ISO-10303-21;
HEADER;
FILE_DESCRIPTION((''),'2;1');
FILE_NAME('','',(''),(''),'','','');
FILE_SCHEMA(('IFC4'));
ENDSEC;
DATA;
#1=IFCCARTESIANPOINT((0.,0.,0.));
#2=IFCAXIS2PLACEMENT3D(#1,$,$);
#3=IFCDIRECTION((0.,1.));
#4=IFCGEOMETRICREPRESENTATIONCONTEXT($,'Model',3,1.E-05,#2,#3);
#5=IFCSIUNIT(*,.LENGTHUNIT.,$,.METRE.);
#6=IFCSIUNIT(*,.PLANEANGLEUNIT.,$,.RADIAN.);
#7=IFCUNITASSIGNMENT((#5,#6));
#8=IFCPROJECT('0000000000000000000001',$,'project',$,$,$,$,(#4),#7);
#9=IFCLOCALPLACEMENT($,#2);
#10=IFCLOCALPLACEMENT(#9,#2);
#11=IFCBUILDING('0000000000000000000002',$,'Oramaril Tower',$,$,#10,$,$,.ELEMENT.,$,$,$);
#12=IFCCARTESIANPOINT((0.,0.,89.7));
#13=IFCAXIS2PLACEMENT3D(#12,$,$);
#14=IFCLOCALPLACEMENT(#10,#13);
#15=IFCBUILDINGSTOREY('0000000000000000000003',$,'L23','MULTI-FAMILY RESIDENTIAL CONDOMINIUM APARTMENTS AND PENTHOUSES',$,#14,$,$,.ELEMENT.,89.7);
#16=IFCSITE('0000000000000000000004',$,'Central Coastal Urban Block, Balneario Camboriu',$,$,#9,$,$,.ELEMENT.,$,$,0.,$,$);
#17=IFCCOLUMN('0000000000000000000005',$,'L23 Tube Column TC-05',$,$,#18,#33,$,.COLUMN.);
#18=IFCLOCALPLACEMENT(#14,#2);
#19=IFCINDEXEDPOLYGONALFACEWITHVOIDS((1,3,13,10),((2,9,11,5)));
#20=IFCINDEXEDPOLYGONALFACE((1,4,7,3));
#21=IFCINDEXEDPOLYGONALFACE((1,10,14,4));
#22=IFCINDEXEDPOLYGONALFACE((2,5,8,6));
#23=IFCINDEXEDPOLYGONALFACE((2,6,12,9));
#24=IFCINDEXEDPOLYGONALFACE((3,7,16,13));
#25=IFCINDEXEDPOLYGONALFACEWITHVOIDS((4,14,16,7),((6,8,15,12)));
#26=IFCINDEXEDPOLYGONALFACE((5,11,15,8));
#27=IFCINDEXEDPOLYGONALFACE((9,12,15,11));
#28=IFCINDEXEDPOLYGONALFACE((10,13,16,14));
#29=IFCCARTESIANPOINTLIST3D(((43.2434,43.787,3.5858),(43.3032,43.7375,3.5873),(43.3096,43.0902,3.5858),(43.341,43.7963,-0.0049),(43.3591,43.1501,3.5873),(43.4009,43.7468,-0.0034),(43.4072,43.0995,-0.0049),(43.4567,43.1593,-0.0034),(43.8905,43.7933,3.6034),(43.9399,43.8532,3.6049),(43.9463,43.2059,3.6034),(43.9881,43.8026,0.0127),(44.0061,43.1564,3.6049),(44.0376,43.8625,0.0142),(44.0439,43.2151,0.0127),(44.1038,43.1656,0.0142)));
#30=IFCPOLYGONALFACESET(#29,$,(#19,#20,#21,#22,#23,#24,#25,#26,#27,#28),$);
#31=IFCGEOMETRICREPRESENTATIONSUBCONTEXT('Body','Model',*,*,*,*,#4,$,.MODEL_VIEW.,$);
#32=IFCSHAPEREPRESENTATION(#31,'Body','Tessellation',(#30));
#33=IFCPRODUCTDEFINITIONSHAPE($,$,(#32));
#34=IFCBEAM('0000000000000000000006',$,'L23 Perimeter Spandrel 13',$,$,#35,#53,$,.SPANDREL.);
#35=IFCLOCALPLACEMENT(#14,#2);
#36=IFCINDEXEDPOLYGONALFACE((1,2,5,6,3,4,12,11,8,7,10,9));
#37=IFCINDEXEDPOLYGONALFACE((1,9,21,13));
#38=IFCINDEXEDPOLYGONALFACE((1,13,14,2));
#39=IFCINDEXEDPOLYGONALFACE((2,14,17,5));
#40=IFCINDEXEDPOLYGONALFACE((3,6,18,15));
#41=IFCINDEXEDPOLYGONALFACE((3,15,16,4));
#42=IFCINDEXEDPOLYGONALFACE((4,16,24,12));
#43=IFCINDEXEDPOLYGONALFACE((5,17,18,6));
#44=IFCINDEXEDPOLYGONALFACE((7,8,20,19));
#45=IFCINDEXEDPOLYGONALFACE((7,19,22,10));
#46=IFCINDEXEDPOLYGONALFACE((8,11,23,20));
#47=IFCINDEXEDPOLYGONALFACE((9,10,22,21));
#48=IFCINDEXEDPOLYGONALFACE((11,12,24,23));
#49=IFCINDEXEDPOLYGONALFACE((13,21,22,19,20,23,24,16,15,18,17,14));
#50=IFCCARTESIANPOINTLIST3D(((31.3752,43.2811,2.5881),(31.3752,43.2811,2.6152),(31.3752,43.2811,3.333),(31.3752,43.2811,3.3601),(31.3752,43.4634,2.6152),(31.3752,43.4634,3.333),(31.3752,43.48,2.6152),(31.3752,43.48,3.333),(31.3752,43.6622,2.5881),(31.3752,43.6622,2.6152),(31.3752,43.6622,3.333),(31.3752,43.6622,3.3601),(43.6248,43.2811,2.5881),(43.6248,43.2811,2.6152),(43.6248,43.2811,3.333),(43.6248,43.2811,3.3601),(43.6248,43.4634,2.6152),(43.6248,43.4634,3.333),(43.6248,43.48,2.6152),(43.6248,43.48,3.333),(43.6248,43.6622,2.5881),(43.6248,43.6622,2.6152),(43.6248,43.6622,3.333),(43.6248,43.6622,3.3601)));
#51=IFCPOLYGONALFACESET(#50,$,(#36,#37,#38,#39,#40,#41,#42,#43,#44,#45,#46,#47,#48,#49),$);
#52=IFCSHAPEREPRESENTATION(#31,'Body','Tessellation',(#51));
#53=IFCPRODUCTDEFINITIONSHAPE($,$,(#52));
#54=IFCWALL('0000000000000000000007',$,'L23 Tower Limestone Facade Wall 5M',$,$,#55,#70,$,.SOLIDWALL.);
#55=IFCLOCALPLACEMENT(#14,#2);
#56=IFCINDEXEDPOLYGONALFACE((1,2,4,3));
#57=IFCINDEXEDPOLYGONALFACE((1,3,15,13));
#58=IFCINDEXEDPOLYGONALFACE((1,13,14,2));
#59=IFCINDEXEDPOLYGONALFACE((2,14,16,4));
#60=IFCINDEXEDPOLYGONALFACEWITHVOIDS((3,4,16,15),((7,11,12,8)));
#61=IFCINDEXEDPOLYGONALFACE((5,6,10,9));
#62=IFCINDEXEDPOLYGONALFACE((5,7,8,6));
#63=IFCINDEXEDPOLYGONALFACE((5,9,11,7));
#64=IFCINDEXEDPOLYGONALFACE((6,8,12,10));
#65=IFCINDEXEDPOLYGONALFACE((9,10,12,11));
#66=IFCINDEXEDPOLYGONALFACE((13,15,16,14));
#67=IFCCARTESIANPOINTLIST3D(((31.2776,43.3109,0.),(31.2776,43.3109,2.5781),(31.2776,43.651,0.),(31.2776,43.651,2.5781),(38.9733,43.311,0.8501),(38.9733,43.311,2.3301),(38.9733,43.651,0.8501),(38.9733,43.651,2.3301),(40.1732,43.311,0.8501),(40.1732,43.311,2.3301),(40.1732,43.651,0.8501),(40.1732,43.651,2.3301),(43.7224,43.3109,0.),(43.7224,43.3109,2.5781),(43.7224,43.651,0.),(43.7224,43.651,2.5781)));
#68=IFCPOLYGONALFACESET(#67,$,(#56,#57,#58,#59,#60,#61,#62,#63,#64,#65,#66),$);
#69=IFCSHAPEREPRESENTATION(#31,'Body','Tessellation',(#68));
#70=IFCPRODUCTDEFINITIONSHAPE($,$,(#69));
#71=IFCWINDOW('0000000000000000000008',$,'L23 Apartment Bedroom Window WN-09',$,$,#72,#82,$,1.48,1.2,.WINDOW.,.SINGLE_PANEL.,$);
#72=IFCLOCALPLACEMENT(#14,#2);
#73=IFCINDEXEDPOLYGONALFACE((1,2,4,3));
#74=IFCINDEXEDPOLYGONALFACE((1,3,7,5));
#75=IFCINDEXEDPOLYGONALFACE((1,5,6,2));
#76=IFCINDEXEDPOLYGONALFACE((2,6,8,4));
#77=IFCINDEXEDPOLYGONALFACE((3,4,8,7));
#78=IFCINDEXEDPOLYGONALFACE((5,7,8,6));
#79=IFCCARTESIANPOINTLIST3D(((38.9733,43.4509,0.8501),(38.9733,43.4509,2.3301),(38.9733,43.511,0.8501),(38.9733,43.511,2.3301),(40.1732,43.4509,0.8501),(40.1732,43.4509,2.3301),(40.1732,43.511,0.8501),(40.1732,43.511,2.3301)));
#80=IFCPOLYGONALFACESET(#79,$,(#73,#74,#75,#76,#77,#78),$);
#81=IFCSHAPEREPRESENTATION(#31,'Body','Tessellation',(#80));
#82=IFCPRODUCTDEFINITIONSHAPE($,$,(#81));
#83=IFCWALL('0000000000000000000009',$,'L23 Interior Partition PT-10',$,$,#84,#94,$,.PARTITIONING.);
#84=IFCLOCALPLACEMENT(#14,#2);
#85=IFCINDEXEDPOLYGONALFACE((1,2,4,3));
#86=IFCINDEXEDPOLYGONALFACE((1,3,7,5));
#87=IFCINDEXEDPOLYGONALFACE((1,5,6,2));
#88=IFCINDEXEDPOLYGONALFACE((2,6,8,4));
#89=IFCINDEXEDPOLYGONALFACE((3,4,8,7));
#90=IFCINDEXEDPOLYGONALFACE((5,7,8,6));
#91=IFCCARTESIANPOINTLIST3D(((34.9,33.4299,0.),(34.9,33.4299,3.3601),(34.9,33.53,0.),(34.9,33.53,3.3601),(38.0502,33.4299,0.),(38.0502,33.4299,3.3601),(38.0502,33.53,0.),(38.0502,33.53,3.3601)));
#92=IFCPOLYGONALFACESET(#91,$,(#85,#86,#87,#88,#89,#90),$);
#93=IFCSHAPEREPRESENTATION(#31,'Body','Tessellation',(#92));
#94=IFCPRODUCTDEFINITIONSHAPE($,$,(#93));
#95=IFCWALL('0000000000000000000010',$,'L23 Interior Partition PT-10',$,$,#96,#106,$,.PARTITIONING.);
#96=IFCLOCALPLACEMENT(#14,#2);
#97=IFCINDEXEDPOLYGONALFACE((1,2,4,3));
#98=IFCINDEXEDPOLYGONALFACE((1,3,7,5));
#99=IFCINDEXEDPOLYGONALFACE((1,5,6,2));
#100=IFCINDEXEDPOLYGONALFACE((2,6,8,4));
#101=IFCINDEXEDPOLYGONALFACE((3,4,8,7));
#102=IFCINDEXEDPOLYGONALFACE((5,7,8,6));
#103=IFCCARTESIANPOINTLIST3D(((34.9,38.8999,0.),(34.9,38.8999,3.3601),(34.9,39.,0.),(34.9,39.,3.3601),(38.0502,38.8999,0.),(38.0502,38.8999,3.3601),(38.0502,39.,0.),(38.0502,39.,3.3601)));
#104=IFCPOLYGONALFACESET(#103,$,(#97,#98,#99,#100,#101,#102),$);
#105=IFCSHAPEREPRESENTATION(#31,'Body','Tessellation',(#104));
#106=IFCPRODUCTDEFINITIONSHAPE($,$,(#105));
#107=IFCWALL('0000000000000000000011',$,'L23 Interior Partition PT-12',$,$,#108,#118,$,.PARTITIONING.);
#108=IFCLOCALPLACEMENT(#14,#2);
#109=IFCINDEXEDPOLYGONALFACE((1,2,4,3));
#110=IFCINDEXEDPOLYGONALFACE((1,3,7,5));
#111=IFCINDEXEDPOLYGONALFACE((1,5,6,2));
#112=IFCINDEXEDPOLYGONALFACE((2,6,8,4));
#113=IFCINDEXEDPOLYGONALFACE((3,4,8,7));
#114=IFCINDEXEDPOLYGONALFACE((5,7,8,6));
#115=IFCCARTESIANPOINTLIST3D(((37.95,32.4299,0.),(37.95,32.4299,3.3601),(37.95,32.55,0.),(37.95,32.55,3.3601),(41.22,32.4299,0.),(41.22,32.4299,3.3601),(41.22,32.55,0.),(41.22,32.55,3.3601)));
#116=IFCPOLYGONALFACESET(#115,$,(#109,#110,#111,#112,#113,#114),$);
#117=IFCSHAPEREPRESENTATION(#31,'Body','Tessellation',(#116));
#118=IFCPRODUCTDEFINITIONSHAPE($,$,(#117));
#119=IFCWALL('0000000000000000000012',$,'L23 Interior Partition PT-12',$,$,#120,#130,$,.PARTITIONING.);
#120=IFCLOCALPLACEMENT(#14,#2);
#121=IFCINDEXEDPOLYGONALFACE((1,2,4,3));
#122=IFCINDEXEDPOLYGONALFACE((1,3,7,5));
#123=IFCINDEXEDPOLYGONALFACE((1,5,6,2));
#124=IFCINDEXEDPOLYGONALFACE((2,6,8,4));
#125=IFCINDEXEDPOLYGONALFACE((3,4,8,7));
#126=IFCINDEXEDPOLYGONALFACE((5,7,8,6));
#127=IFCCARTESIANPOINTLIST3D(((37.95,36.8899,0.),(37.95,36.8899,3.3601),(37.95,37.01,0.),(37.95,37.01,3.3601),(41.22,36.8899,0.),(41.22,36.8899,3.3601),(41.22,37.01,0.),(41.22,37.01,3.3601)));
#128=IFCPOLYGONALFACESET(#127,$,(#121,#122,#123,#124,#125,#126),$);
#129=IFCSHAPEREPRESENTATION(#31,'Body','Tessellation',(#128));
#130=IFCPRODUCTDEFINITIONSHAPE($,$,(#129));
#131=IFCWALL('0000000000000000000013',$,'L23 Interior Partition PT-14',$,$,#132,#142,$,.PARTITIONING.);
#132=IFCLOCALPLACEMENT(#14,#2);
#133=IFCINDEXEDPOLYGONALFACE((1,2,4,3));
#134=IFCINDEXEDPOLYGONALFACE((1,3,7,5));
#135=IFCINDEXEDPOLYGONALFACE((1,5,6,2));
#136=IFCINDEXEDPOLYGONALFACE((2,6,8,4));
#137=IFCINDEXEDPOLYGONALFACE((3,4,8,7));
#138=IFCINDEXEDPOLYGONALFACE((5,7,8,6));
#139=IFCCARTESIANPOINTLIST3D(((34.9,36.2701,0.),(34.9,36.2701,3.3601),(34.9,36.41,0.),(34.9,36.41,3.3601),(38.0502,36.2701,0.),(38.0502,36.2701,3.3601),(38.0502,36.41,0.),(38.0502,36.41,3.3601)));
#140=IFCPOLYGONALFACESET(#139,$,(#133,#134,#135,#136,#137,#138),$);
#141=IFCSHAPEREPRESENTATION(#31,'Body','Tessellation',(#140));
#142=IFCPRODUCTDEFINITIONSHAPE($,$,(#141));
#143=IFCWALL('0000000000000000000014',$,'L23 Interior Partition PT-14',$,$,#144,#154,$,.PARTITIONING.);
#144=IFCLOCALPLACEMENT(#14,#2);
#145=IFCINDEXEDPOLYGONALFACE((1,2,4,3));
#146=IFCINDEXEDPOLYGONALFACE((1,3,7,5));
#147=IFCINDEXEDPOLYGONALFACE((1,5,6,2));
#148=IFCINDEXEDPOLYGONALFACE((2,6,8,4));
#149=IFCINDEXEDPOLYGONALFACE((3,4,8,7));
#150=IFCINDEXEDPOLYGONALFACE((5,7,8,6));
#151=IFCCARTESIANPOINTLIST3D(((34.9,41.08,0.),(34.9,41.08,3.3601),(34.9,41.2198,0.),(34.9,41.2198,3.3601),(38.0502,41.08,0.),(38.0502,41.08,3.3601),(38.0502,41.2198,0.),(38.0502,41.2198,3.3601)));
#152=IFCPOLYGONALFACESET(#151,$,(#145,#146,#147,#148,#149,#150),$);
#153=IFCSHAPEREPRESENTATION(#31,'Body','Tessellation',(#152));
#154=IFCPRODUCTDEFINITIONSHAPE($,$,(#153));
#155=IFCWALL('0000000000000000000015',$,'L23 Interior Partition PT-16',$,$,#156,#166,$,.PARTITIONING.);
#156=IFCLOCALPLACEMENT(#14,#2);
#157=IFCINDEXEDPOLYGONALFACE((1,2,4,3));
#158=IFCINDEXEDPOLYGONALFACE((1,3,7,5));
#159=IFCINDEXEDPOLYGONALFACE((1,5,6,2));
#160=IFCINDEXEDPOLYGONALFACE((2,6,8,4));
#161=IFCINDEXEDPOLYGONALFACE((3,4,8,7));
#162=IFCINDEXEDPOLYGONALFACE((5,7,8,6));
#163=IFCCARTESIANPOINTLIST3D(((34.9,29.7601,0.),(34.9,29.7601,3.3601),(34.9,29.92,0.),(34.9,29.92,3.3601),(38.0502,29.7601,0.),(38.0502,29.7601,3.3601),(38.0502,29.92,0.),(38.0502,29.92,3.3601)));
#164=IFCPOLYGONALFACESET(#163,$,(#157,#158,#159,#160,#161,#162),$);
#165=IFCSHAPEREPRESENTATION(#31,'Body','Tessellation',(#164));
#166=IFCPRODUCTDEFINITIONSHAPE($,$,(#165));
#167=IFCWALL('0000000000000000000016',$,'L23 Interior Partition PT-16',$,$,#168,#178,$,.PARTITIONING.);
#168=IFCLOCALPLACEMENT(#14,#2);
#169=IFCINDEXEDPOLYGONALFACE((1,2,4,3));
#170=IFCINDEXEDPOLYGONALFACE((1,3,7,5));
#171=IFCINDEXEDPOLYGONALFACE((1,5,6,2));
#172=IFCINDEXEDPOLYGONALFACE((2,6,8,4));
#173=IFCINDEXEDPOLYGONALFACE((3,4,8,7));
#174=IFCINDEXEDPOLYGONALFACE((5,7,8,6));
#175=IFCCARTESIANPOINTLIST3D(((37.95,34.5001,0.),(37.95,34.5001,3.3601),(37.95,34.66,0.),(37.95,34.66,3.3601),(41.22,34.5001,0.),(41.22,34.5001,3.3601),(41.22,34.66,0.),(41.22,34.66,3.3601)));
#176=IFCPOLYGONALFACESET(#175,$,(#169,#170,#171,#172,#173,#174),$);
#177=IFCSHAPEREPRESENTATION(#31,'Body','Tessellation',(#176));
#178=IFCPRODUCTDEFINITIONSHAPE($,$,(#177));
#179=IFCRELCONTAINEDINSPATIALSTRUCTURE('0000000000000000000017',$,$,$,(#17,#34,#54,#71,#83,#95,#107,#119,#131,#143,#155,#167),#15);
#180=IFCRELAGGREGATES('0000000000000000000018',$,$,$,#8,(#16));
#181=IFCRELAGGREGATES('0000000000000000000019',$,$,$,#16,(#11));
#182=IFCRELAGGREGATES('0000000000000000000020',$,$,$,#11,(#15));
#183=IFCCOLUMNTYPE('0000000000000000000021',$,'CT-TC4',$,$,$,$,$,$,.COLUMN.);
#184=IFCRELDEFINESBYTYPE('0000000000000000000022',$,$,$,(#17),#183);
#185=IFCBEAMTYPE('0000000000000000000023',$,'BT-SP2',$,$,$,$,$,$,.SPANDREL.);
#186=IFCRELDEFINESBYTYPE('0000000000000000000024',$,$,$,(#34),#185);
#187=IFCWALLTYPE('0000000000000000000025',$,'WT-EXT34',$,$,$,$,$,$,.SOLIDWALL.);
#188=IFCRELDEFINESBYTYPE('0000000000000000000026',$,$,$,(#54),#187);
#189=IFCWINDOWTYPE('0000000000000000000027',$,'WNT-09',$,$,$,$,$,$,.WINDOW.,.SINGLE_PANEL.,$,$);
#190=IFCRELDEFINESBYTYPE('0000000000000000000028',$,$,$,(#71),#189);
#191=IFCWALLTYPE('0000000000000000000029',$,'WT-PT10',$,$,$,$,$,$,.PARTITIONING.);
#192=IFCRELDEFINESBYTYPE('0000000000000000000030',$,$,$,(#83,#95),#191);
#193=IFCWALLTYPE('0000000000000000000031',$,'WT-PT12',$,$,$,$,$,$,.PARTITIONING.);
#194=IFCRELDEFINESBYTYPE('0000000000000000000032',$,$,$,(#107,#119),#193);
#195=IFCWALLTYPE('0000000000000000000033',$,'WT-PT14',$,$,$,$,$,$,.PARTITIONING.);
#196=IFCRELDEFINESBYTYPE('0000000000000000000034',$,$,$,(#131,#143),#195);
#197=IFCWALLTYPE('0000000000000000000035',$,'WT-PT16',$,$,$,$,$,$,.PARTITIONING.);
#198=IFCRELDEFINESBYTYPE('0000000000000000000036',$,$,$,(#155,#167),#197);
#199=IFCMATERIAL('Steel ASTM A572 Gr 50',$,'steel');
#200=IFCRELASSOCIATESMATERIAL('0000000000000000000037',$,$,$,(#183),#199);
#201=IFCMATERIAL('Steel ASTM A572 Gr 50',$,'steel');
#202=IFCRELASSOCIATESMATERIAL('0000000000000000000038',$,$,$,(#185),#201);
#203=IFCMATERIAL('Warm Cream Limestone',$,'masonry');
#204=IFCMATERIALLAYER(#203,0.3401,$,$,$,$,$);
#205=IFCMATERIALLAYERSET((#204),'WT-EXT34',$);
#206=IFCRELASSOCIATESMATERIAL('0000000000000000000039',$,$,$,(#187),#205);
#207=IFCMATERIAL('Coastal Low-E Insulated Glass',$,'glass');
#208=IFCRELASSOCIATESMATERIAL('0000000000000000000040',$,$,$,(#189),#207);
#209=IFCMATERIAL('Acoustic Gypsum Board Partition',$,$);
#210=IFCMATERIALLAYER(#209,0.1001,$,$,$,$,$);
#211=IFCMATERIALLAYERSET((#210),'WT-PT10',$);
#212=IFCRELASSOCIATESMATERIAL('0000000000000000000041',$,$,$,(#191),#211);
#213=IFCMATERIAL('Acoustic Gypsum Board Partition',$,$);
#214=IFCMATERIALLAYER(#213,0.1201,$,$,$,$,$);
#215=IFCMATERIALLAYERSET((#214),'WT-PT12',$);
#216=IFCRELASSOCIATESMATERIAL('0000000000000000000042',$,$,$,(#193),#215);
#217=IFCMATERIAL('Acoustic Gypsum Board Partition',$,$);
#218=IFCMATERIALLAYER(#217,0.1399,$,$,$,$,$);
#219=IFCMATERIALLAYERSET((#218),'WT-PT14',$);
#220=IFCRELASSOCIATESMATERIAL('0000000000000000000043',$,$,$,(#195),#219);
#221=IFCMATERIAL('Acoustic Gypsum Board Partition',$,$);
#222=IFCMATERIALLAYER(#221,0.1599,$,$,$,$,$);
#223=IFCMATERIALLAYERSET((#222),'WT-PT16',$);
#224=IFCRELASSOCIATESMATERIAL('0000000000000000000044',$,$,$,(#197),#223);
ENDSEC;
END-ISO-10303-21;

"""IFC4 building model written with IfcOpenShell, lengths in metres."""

from ifc_helpers import new_model, si_unit, direction, frame, frame_2d, origin, origin_2d, place, context, subcontext, project, spatial, rectangle, hollow_rectangle, i_section, extrude, material, layer, layer_set, material_profile, profile_set, type_object, element, fill, save


model = new_model("IFC4")

# Units and contexts
model_context = context("Model", 3, precision=1e-05, world=origin(), true_north=direction((0.0, 1.0)))
body_context = subcontext(model_context, "Body", "Model", "MODEL_VIEW")
ifc_project = project(units=[si_unit("LENGTHUNIT", "METRE"), si_unit("PLANEANGLEUNIT", "RADIAN")], contexts=[model_context])

# Site, building, storey
site_placement = place(None, origin())
site = spatial("IfcSite", under=ifc_project, at=site_placement, Name="Central Coastal Urban Block, Balneario Camboriu", CompositionType="ELEMENT", RefElevation=0.0)
building_placement = place(site_placement, origin())
building = spatial("IfcBuilding", under=site, at=building_placement, Name="Oramaril Tower", CompositionType="ELEMENT")
storey_placement = place(building_placement, frame((0.0, 0.0, 89.7)))
storey = spatial("IfcBuildingStorey", under=building, at=storey_placement, Name="L23", Description="MULTI-FAMILY RESIDENTIAL CONDOMINIUM APARTMENTS AND PENTHOUSES", CompositionType="ELEMENT", Elevation=89.7)

# Column
ifc_material_1 = material(Name="Steel ASTM A572 Gr 50", Category="steel")
ifc_material_profile_1 = material_profile(ifc_material_1, hollow_rectangle(XDim=0.7, YDim=0.7, WallThickness=0.0549, at=origin_2d()), Name="BOX700X700X55")
ifc_profile_set_1 = profile_set([ifc_material_profile_1], Name="Steel ASTM A572 Gr 50")
column_type = type_object("IfcColumnType", Name="CT-TC4", PredefinedType="COLUMN", material=ifc_profile_set_1)
column_placement = place(storey_placement, frame((43.7224, 43.481, 0.0046), z_axis=(-0.027186, -0.002583, 0.999627), x_axis=(0.094574, -0.995518, 0.0)))
element("IfcColumn", 1, at=column_placement, inside=storey, type_object=column_type, Name="L23 Tube Column TC-05", PredefinedType="COLUMN", context=body_context, shape_type="SweptSolid", body=[
    extrude(hollow_rectangle(XDim=0.7, YDim=0.7, WallThickness=0.0549, at=origin_2d()), origin(), (0.0, 0.0, 1.0), 3.592),
])

# Beam
ifc_material_2 = material(Name="Steel ASTM A572 Gr 50", Category="steel")
ifc_material_profile_2 = material_profile(ifc_material_2, i_section(OverallWidth=0.3811, OverallDepth=0.772, WebThickness=0.0166, FlangeThickness=0.0271, at=origin_2d()), Name="W30X173")
ifc_profile_set_2 = profile_set([ifc_material_profile_2], Name="Steel ASTM A572 Gr 50")
beam_type = type_object("IfcBeamType", Name="BT-SP2", PredefinedType="SPANDREL", material=ifc_profile_set_2)
beam_placement = place(storey_placement, frame((43.6248, 43.4717, 2.9741), z_axis=(-1.0, 0.0, 0.0), x_axis=(0.0, -1.0, 0.0)))
element("IfcBeam", 2, at=beam_placement, inside=storey, type_object=beam_type, Name="L23 Perimeter Spandrel 13", PredefinedType="SPANDREL", context=body_context, shape_type="SweptSolid", body=[
    extrude(i_section(OverallWidth=0.3811, OverallDepth=0.772, WebThickness=0.0166, FlangeThickness=0.0271, at=origin_2d()), origin(), (0.0, 0.0, 1.0), 12.2495),
])

# Wall, opening, window
ifc_material_3 = material(Name="Warm Cream Limestone", Category="masonry")
ifc_layer_1 = layer(ifc_material_3, 0.3401)
ifc_layer_set_1 = layer_set([ifc_layer_1], Name="WT-EXT34")
wall_type_1 = type_object("IfcWallType", Name="WT-EXT34", PredefinedType="SOLIDWALL", material=ifc_layer_set_1)
wall_1_placement = place(storey_placement, frame((43.7224, 43.481, 0.0), z_axis=(0.0, 0.0, 1.0), x_axis=(-1.0, 0.0, 0.0)))
wall_1 = element("IfcWall", 3, at=wall_1_placement, inside=storey, type_object=wall_type_1, Name="L23 Tower Limestone Facade Wall 5M", PredefinedType="SOLIDWALL", context=body_context, shape_type="SweptSolid", body=[
    extrude(rectangle(XDim=12.4448, YDim=0.3401, at=frame_2d((6.2224, 0.0))), origin(), (0.0, 0.0, 1.0), 2.5781),
])
opening_1_placement = place(wall_1_placement, frame((3.5491, 0.0, 0.8501)))
opening_1 = element("IfcOpeningElement", 4, at=opening_1_placement, cuts=wall_1, PredefinedType="OPENING", context=body_context, shape_type="SweptSolid", body=[
    extrude(rectangle(XDim=1.2, YDim=1.48, at=frame_2d((0.6001, 0.74))), frame((0.0, 0.1699, 0.0), z_axis=(0.0, -1.0, 0.0), x_axis=(1.0, 0.0, 0.0)), (0.0, 0.0, 1.0), 0.3401),
])
ifc_material_4 = material(Name="Coastal Low-E Insulated Glass", Category="glass")
window_type = type_object("IfcWindowType", Name="WNT-09", PartitioningType="SINGLE_PANEL", PredefinedType="WINDOW", material=ifc_material_4)
window_placement = place(opening_1_placement, origin())
window = element("IfcWindow", 5, at=window_placement, inside=storey, type_object=window_type, Name="L23 Apartment Bedroom Window WN-09", OverallHeight=1.48, OverallWidth=1.2, PartitioningType="SINGLE_PANEL", PredefinedType="WINDOW", context=body_context, shape_type="SweptSolid", body=[
    extrude(rectangle(XDim=1.2, YDim=1.48, at=frame_2d((0.6001, 0.74))), frame((0.0, 0.03, 0.0), z_axis=(0.0, -1.0, 0.0), x_axis=(1.0, 0.0, 0.0)), (0.0, 0.0, 1.0), 0.0601),
])
fill(opening_1, window)

# Walls
ifc_material_5 = material(Name="Acoustic Gypsum Board Partition")
ifc_layer_2 = layer(ifc_material_5, 0.1001)
ifc_layer_set_2 = layer_set([ifc_layer_2], Name="WT-PT10")
wall_type_2 = type_object("IfcWallType", Name="WT-PT10", PredefinedType="PARTITIONING", material=ifc_layer_set_2)
for number, where, z_axis, x_axis, name in (
    (6, (34.8999, 33.48, 0.0), (0.0, 0.0, 1.0), (1.0, 0.0, 0.0), "L23 Interior Partition PT-10"),
    (7, (34.8999, 38.95, 0.0), (0.0, 0.0, 1.0), (1.0, 0.0, 0.0), "L23 Interior Partition PT-10"),
):
    element("IfcWall", number, at=place(storey_placement, frame(where, z_axis=z_axis, x_axis=x_axis)), inside=storey, type_object=wall_type_2, Name=name, PredefinedType="PARTITIONING", context=body_context, shape_type="SweptSolid", body=[
        extrude(rectangle(XDim=3.1501, YDim=0.1001, at=frame_2d((1.5752, 0.0))), origin(), (0.0, 0.0, 1.0), 3.3601),
    ])
ifc_material_6 = material(Name="Acoustic Gypsum Board Partition")
ifc_layer_3 = layer(ifc_material_6, 0.1201)
ifc_layer_set_3 = layer_set([ifc_layer_3], Name="WT-PT12")
wall_type_3 = type_object("IfcWallType", Name="WT-PT12", PredefinedType="PARTITIONING", material=ifc_layer_set_3)
for number, where, z_axis, x_axis, name in (
    (8, (37.95, 32.49, 0.0), (0.0, 0.0, 1.0), (1.0, 0.0, 0.0), "L23 Interior Partition PT-12"),
    (9, (37.95, 36.95, 0.0), (0.0, 0.0, 1.0), (1.0, 0.0, 0.0), "L23 Interior Partition PT-12"),
):
    element("IfcWall", number, at=place(storey_placement, frame(where, z_axis=z_axis, x_axis=x_axis)), inside=storey, type_object=wall_type_3, Name=name, PredefinedType="PARTITIONING", context=body_context, shape_type="SweptSolid", body=[
        extrude(rectangle(XDim=3.27, YDim=0.1201, at=frame_2d((1.635, 0.0))), origin(), (0.0, 0.0, 1.0), 3.3601),
    ])
ifc_material_7 = material(Name="Acoustic Gypsum Board Partition")
ifc_layer_4 = layer(ifc_material_7, 0.1399)
ifc_layer_set_4 = layer_set([ifc_layer_4], Name="WT-PT14")
wall_type_4 = type_object("IfcWallType", Name="WT-PT14", PredefinedType="PARTITIONING", material=ifc_layer_set_4)
for number, where, z_axis, x_axis, name in (
    (10, (34.8999, 36.3401, 0.0), (0.0, 0.0, 1.0), (1.0, 0.0, 0.0), "L23 Interior Partition PT-14"),
    (11, (34.8999, 41.1499, 0.0), (0.0, 0.0, 1.0), (1.0, 0.0, 0.0), "L23 Interior Partition PT-14"),
):
    element("IfcWall", number, at=place(storey_placement, frame(where, z_axis=z_axis, x_axis=x_axis)), inside=storey, type_object=wall_type_4, Name=name, PredefinedType="PARTITIONING", context=body_context, shape_type="SweptSolid", body=[
        extrude(rectangle(XDim=3.1501, YDim=0.1399, at=frame_2d((1.5752, 0.0))), origin(), (0.0, 0.0, 1.0), 3.3601),
    ])

# Walls
ifc_material_8 = material(Name="Acoustic Gypsum Board Partition")
ifc_layer_5 = layer(ifc_material_8, 0.1599)
ifc_layer_set_5 = layer_set([ifc_layer_5], Name="WT-PT16")
wall_type_5 = type_object("IfcWallType", Name="WT-PT16", PredefinedType="PARTITIONING", material=ifc_layer_set_5)
wall_2_placement = place(storey_placement, frame((34.8999, 29.8401, 0.0), z_axis=(0.0, 0.0, 1.0), x_axis=(1.0, 0.0, 0.0)))
element("IfcWall", 12, at=wall_2_placement, inside=storey, type_object=wall_type_5, Name="L23 Interior Partition PT-16", PredefinedType="PARTITIONING", context=body_context, shape_type="SweptSolid", body=[
    extrude(rectangle(XDim=3.1501, YDim=0.1599, at=frame_2d((1.5752, 0.0))), origin(), (0.0, 0.0, 1.0), 3.3601),
])
for number, where, z_axis, x_axis, name in (
    (13, (37.95, 34.5801, 0.0), (0.0, 0.0, 1.0), (1.0, 0.0, 0.0), "L23 Interior Partition PT-16"),
):
    element("IfcWall", number, at=place(storey_placement, frame(where, z_axis=z_axis, x_axis=x_axis)), inside=storey, type_object=wall_type_5, Name=name, PredefinedType="PARTITIONING", context=body_context, shape_type="SweptSolid", body=[
        extrude(rectangle(XDim=3.27, YDim=0.1599, at=frame_2d((1.635, 0.0))), origin(), (0.0, 0.0, 1.0), 3.3601),
    ])

save(model, "model.ifc")
